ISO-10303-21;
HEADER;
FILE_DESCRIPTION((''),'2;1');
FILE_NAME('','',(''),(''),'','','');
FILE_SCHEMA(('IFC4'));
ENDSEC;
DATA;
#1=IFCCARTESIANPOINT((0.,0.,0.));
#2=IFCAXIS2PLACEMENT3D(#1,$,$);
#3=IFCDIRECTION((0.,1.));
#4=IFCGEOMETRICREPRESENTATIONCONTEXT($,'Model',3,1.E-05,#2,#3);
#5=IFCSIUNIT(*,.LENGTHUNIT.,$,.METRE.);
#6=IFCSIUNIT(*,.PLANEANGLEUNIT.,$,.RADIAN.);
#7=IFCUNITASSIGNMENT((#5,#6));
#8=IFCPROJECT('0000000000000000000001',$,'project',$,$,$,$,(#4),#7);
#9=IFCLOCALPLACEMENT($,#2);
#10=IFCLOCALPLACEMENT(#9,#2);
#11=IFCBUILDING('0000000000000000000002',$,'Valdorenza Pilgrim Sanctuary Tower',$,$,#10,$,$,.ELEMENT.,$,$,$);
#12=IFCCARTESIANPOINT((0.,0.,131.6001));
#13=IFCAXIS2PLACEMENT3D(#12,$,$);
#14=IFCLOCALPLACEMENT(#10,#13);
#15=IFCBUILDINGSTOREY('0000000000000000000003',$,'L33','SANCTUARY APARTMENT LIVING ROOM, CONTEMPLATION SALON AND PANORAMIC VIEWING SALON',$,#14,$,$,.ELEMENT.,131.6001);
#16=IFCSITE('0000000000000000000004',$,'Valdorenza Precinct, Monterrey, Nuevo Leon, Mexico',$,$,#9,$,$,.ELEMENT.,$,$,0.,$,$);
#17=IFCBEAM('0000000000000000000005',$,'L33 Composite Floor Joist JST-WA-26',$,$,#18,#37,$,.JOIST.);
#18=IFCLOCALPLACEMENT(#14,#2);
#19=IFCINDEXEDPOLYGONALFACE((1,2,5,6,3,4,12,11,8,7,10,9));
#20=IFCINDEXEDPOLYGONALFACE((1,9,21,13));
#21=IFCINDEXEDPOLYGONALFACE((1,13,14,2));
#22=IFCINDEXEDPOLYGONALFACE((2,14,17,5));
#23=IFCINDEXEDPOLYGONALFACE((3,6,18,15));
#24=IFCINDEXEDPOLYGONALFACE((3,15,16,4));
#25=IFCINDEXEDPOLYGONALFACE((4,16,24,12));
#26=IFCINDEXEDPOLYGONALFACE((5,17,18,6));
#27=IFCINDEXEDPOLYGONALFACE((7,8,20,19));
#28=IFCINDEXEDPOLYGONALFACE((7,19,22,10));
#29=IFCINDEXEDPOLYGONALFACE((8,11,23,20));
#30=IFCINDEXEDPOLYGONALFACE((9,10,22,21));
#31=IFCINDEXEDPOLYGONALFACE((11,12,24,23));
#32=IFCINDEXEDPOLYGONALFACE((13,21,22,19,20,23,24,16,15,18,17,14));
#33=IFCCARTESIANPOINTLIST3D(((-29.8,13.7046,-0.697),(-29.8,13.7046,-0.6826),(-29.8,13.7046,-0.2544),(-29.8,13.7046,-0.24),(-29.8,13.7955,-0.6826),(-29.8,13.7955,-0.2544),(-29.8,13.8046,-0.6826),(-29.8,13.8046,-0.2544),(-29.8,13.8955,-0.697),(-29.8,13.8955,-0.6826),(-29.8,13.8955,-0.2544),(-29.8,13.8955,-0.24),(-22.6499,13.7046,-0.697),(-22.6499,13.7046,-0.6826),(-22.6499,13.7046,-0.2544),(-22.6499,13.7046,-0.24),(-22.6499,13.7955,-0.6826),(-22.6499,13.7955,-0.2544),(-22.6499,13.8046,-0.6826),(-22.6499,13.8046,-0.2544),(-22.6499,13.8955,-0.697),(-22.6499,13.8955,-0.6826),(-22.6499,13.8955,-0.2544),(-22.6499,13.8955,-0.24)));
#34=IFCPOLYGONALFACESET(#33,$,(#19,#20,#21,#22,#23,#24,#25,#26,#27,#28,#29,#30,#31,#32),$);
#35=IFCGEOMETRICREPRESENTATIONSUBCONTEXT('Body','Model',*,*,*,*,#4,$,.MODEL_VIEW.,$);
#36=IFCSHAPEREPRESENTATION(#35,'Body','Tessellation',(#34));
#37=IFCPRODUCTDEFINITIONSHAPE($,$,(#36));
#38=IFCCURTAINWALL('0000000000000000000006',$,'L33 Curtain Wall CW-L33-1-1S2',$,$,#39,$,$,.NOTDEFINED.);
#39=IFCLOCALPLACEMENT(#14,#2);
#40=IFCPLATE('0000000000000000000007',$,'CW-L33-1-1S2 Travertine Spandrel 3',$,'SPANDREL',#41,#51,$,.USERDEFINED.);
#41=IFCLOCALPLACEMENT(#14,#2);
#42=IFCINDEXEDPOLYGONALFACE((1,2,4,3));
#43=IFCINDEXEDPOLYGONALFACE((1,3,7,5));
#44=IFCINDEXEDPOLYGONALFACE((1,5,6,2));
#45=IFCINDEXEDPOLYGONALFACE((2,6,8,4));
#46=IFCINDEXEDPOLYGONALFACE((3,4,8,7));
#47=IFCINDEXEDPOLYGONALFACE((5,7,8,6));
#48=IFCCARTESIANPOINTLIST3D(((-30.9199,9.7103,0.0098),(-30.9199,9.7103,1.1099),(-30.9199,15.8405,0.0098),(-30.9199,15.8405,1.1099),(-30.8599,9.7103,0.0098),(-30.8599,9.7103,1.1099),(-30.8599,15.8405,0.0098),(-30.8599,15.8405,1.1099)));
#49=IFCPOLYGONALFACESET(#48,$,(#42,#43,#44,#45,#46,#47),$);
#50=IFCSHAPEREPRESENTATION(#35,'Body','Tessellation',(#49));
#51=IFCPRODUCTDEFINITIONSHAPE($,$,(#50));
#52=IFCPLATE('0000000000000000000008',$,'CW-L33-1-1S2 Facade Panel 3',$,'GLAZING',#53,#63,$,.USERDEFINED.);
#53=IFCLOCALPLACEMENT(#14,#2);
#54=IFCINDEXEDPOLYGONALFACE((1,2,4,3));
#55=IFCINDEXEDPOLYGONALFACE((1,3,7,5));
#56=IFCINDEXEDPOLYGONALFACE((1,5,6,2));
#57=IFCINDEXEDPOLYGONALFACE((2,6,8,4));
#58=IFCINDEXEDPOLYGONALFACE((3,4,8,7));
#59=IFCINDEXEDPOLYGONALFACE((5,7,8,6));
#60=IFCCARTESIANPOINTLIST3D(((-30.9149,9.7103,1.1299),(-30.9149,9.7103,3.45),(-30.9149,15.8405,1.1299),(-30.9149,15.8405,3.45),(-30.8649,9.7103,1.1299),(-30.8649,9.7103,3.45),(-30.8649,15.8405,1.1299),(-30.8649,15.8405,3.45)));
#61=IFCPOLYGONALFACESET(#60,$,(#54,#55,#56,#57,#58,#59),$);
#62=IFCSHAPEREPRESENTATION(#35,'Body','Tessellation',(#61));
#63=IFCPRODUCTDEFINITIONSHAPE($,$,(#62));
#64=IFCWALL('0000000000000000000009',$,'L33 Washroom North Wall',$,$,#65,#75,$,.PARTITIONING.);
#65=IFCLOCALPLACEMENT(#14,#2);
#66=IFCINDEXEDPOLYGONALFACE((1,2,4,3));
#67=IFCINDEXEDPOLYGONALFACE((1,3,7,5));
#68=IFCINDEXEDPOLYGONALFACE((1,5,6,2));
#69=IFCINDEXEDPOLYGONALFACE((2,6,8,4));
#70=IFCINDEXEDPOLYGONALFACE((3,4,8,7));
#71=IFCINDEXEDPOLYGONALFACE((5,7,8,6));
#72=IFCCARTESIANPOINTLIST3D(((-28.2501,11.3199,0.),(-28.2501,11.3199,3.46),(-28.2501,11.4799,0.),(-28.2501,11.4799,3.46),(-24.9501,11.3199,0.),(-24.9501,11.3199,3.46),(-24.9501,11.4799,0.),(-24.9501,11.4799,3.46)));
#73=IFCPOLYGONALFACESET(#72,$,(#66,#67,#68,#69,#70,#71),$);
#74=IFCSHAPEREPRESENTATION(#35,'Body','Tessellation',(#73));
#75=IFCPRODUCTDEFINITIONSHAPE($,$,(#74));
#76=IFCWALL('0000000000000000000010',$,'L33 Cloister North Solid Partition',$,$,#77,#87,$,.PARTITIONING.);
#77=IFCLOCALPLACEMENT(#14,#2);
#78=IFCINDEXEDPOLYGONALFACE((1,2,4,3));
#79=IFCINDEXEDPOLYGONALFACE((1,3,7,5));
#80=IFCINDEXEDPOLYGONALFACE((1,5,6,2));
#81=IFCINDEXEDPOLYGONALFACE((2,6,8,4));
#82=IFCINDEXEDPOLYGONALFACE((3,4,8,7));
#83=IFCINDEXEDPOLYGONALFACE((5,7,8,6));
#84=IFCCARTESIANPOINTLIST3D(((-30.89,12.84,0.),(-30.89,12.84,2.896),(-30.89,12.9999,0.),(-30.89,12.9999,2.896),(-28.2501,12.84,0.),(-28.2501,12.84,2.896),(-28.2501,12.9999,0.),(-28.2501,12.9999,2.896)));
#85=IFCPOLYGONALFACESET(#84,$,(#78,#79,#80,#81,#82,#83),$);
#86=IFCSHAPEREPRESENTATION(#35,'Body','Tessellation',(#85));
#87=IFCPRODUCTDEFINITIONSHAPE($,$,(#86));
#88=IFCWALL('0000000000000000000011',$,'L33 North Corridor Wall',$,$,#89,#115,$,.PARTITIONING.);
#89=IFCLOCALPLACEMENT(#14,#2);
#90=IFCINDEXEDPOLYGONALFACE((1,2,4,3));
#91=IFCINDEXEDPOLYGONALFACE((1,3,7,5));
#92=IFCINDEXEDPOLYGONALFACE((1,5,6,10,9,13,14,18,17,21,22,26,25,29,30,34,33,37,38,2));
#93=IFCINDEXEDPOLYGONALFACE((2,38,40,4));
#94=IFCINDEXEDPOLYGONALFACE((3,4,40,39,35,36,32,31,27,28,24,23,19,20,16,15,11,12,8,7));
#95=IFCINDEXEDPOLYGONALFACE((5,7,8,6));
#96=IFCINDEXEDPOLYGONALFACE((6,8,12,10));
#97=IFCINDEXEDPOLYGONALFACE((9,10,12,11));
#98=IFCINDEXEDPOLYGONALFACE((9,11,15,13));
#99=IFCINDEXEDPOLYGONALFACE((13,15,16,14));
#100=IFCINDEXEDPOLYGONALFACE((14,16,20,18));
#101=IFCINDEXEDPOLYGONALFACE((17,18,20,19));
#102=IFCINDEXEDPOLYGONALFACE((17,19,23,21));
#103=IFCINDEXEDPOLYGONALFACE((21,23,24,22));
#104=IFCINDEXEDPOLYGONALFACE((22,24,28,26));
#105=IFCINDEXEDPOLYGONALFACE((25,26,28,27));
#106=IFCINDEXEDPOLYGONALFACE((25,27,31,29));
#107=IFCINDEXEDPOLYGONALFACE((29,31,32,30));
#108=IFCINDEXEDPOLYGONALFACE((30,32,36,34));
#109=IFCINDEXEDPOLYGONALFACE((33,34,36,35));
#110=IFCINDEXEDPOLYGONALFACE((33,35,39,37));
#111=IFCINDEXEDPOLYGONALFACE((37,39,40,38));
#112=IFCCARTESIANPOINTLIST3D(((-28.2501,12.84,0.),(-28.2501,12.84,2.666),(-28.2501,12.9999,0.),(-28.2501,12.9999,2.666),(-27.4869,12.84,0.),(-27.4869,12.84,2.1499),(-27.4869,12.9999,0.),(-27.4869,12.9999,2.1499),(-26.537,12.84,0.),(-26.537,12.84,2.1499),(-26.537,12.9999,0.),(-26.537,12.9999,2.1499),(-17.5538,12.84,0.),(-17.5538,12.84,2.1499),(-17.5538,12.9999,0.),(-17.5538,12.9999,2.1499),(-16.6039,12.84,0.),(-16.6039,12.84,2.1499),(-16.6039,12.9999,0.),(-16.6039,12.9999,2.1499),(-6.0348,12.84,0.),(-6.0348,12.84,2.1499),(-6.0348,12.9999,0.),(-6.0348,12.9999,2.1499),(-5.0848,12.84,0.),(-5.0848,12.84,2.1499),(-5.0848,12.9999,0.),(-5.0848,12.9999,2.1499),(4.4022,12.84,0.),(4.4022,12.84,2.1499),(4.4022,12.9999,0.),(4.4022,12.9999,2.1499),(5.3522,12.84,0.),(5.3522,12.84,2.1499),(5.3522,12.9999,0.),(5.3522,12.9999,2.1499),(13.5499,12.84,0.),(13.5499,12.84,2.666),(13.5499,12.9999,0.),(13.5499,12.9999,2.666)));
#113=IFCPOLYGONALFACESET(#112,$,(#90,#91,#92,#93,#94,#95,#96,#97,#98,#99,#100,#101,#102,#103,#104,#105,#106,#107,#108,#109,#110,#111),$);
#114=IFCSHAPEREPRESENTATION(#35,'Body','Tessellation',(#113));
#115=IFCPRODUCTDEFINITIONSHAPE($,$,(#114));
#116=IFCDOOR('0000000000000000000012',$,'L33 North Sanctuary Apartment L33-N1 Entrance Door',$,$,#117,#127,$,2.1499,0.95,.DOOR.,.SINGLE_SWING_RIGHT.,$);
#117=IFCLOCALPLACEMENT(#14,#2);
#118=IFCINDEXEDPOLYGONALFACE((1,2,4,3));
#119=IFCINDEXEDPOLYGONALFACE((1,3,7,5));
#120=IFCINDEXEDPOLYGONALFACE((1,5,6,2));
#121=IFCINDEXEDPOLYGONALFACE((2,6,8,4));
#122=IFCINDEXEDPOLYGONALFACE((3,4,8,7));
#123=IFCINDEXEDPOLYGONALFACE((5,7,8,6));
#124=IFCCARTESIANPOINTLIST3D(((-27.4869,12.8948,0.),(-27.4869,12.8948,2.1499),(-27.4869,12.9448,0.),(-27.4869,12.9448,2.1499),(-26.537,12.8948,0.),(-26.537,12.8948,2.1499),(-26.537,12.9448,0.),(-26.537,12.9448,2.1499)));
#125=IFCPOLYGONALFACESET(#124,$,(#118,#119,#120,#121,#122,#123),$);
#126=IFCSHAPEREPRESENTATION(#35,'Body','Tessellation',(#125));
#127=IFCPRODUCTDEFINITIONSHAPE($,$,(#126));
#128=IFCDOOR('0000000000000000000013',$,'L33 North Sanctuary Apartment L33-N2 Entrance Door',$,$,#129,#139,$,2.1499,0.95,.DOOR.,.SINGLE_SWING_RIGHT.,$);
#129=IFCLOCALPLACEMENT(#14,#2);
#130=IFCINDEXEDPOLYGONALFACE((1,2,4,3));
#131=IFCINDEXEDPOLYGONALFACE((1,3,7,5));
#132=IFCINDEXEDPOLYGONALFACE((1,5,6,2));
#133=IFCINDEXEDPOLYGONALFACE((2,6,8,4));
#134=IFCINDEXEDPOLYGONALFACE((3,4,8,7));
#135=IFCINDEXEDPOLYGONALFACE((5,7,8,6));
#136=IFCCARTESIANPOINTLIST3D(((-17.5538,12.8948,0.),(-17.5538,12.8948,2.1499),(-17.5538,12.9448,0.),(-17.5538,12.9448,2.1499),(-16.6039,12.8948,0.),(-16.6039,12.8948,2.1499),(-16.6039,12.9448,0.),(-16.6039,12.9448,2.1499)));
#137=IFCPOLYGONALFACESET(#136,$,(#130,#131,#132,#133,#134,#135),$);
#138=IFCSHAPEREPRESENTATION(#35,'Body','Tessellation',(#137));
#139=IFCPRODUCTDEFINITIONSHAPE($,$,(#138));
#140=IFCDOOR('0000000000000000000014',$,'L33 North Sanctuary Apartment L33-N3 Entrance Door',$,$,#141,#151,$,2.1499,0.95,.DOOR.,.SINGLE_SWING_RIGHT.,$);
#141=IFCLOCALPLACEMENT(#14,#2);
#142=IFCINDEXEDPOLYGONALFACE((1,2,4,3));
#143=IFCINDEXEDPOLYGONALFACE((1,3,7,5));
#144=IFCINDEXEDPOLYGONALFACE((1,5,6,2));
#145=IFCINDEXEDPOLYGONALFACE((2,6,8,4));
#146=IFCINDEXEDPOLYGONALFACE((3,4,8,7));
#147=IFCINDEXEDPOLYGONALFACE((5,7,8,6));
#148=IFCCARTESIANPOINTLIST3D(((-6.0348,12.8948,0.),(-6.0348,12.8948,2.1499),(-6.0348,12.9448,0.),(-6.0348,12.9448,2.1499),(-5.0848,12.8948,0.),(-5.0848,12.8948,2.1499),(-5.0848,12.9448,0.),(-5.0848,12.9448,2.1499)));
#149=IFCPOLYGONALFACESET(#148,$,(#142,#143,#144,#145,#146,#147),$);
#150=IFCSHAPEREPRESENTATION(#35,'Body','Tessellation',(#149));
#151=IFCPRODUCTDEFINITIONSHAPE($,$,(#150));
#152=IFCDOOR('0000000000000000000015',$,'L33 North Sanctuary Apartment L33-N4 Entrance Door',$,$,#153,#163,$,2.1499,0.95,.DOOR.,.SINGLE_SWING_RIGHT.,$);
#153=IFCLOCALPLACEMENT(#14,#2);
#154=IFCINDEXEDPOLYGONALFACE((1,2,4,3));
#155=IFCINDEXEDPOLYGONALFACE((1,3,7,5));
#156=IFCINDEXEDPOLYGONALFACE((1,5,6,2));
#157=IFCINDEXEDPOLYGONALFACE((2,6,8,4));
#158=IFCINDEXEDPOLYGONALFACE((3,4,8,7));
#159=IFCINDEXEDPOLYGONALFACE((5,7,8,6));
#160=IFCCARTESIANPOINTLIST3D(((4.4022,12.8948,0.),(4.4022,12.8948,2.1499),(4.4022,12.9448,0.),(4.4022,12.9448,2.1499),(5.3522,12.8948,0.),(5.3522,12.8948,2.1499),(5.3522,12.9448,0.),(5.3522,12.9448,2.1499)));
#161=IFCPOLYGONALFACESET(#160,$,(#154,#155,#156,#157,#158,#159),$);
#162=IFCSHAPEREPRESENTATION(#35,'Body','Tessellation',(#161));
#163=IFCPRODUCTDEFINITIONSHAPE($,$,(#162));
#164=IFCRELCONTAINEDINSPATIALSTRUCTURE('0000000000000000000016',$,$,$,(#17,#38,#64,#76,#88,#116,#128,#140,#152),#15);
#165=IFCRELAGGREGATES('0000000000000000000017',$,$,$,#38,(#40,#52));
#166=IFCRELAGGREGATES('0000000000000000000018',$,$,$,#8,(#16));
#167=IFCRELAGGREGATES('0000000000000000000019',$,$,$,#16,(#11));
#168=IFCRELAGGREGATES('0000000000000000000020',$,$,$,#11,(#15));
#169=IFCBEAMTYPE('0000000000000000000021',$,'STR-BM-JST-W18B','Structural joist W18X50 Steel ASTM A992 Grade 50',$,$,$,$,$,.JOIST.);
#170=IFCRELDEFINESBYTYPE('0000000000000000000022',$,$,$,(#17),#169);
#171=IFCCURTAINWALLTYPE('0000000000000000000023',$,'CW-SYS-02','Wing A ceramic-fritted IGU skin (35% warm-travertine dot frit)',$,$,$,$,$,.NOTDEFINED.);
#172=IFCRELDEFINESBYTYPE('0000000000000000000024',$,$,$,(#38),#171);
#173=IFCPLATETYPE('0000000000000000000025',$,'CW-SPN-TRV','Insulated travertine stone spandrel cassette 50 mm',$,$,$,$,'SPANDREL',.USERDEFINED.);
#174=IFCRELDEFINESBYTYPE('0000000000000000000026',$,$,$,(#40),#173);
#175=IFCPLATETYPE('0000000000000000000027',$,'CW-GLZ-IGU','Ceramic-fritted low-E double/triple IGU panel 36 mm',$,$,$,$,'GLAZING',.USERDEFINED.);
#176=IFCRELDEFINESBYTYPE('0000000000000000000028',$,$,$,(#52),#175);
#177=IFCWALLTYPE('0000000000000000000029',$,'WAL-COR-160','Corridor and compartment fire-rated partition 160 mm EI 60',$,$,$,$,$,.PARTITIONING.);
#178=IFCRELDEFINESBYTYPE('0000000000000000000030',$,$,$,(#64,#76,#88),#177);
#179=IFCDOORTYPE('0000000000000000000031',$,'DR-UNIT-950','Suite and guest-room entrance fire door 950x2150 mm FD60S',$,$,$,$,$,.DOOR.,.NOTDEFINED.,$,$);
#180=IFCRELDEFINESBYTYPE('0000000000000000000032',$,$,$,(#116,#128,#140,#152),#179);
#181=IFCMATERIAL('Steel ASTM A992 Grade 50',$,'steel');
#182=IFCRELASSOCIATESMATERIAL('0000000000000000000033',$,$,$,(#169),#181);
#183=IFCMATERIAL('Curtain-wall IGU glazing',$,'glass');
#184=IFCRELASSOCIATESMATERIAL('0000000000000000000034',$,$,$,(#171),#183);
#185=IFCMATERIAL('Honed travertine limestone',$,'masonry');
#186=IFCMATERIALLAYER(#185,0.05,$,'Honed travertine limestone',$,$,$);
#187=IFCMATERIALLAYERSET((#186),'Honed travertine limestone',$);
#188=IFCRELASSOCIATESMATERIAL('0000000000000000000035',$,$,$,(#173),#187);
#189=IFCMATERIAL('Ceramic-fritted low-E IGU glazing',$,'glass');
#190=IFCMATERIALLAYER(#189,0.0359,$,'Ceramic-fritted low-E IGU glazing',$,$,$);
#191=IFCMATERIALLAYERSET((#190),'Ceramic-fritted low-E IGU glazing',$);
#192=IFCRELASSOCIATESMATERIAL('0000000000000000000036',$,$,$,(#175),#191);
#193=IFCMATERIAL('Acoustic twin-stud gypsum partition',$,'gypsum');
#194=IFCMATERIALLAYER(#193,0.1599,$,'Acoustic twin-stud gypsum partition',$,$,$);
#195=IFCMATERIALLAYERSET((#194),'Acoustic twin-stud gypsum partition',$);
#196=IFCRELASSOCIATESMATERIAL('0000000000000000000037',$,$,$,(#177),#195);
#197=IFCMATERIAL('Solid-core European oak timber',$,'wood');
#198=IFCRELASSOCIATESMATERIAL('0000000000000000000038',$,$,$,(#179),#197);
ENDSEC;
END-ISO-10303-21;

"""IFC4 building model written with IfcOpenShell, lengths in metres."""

from ifc_helpers import new_model, si_unit, direction, frame, frame_2d, origin, origin_2d, place, context, subcontext, project, spatial, rectangle, i_section, extrude, source, transform, mapped, material, layer, layer_set, material_profile, profile_set, type_object, element, fill, aggregate, save


model = new_model("IFC4")

# Units and contexts
model_context = context("Model", 3, precision=1e-05, world=origin(), true_north=direction((0.0, 1.0)))
body_context = subcontext(model_context, "Body", "Model", "MODEL_VIEW")
ifc_project = project(units=[si_unit("LENGTHUNIT", "METRE"), si_unit("PLANEANGLEUNIT", "RADIAN")], contexts=[model_context])

# Site, building, storey
site_placement = place(None, origin())
site = spatial("IfcSite", under=ifc_project, at=site_placement, Name="Valdorenza Precinct, Monterrey, Nuevo Leon, Mexico", CompositionType="ELEMENT", RefElevation=0.0)
building_placement = place(site_placement, origin())
building = spatial("IfcBuilding", under=site, at=building_placement, Name="Valdorenza Pilgrim Sanctuary Tower", CompositionType="ELEMENT")
storey_placement = place(building_placement, frame((0.0, 0.0, 131.6001)))
storey = spatial("IfcBuildingStorey", under=building, at=storey_placement, Name="L33", Description="SANCTUARY APARTMENT LIVING ROOM, CONTEMPLATION SALON AND PANORAMIC VIEWING SALON", CompositionType="ELEMENT", Elevation=131.6001)

# Beam
ifc_material_1 = material(Name="Steel ASTM A992 Grade 50", Category="steel")
ifc_material_profile_1 = material_profile(ifc_material_1, i_section(OverallWidth=0.1909, OverallDepth=0.457, WebThickness=0.009, FlangeThickness=0.0144, at=origin_2d()), Name="W18X50")
ifc_profile_set_1 = profile_set([ifc_material_profile_1], Name="Steel ASTM A992 Grade 50")
beam_type_1 = type_object("IfcBeamType", Name="STR-BM-JST-W18B", Description="Structural joist W18X50 Steel ASTM A992 Grade 50", PredefinedType="JOIST", material=ifc_profile_set_1)
shared_shape_1 = source(origin(), body_context, "Body", "SweptSolid", [
    extrude(i_section(OverallWidth=0.1909, OverallDepth=0.457, WebThickness=0.009, FlangeThickness=0.0144, at=origin_2d()), origin(), (0.0, 0.0, 1.0), 7.1501),
])
for number, where, z_axis, x_axis, name in (
    (1, (-29.8, 13.8, -0.4685), (1.0, 0.0, 0.0), (0.0, 1.0, 0.0), "L33 Composite Floor Joist JST-WA-26"),
):
    element("IfcBeam", number, at=place(storey_placement, frame(where, z_axis=z_axis, x_axis=x_axis)), inside=storey, type_object=beam_type_1, Name=name, PredefinedType="JOIST", context=body_context, shape_type="MappedRepresentation", body=[
        mapped(shared_shape_1, transform((0.0, 0.0, 0.0), x_axis=(1.0, 0.0, 0.0), y_axis=(0.0, 1.0, 0.0), z_axis=(0.0, 0.0, 1.0), scale=1.0)),
    ])

# Curtain wall, plates
ifc_material_2 = material(Name="Curtain-wall IGU glazing", Category="glass")
curtain_wall_type = type_object("IfcCurtainWallType", Name="CW-SYS-02", Description="Wing A ceramic-fritted IGU skin (35% warm-travertine dot frit)", PredefinedType="NOTDEFINED", material=ifc_material_2)
curtain_wall_placement = place(storey_placement, origin())
curtain_wall = element("IfcCurtainWall", 2, at=curtain_wall_placement, inside=storey, type_object=curtain_wall_type, Name="L33 Curtain Wall CW-L33-1-1S2", PredefinedType="NOTDEFINED")
ifc_material_3 = material(Name="Honed travertine limestone", Category="masonry")
ifc_layer_1 = layer(ifc_material_3, 0.05, Name="Honed travertine limestone")
ifc_layer_set_1 = layer_set([ifc_layer_1], Name="Honed travertine limestone")
plate_type_1 = type_object("IfcPlateType", Name="CW-SPN-TRV", Description="Insulated travertine stone spandrel cassette 50 mm", ElementType="SPANDREL", PredefinedType="USERDEFINED", material=ifc_layer_set_1)
shared_shape_2 = source(origin(), body_context, "Body", "SweptSolid", [
    extrude(rectangle(XDim=6.1301, YDim=0.0601, at=origin_2d()), origin(), (0.0, 0.0, 1.0), 1.1001),
])
plate_1_placement = place(storey_placement, frame((-30.8899, 12.7754, 0.0098), z_axis=(0.0, 0.0, 1.0), x_axis=(0.0, 1.0, 0.0)))
plate_1 = element("IfcPlate", 3, at=plate_1_placement, type_object=plate_type_1, Name="CW-L33-1-1S2 Travertine Spandrel 3", ObjectType="SPANDREL", PredefinedType="USERDEFINED", context=body_context, shape_type="MappedRepresentation", body=[
    mapped(shared_shape_2, transform((0.0, 0.0, 0.0), x_axis=(1.0, 0.0, 0.0), y_axis=(0.0, 1.0, 0.0), z_axis=(0.0, 0.0, 1.0), scale=1.0)),
])
ifc_material_4 = material(Name="Ceramic-fritted low-E IGU glazing", Category="glass")
ifc_layer_2 = layer(ifc_material_4, 0.0359, Name="Ceramic-fritted low-E IGU glazing")
ifc_layer_set_2 = layer_set([ifc_layer_2], Name="Ceramic-fritted low-E IGU glazing")
plate_type_2 = type_object("IfcPlateType", Name="CW-GLZ-IGU", Description="Ceramic-fritted low-E double/triple IGU panel 36 mm", ElementType="GLAZING", PredefinedType="USERDEFINED", material=ifc_layer_set_2)
shared_shape_3 = source(origin(), body_context, "Body", "SweptSolid", [
    extrude(rectangle(XDim=6.1301, YDim=0.05, at=origin_2d()), origin(), (0.0, 0.0, 1.0), 2.3201),
])
plate_2_placement = place(storey_placement, frame((-30.8899, 12.7754, 1.1299), z_axis=(0.0, 0.0, 1.0), x_axis=(0.0, 1.0, 0.0)))
plate_2 = element("IfcPlate", 4, at=plate_2_placement, type_object=plate_type_2, Name="CW-L33-1-1S2 Facade Panel 3", ObjectType="GLAZING", PredefinedType="USERDEFINED", context=body_context, shape_type="MappedRepresentation", body=[
    mapped(shared_shape_3, transform((0.0, 0.0, 0.0), x_axis=(1.0, 0.0, 0.0), y_axis=(0.0, 1.0, 0.0), z_axis=(0.0, 0.0, 1.0), scale=1.0)),
])
aggregate(curtain_wall, [plate_1, plate_2])

# Walls
ifc_material_5 = material(Name="Acoustic twin-stud gypsum partition", Category="gypsum")
ifc_layer_3 = layer(ifc_material_5, 0.1599, Name="Acoustic twin-stud gypsum partition")
ifc_layer_set_3 = layer_set([ifc_layer_3], Name="Acoustic twin-stud gypsum partition")
wall_type_1 = type_object("IfcWallType", Name="WAL-COR-160", Description="Corridor and compartment fire-rated partition 160 mm EI 60", PredefinedType="PARTITIONING", material=ifc_layer_set_3)
wall_1_placement = place(storey_placement, frame((-28.25, 11.3999, 0.0), z_axis=(0.0, 0.0, 1.0), x_axis=(1.0, 0.0, 0.0)))
element("IfcWall", 5, at=wall_1_placement, inside=storey, type_object=wall_type_1, Name="L33 Washroom North Wall", PredefinedType="PARTITIONING", context=body_context, shape_type="SweptSolid", body=[
    extrude(rectangle(XDim=3.3, YDim=0.1599, at=frame_2d((1.6499, 0.0))), origin(), (0.0, 0.0, 1.0), 3.46),
])
wall_2_placement = place(storey_placement, frame((-30.8899, 12.9199, 0.0), z_axis=(0.0, 0.0, 1.0), x_axis=(1.0, 0.0, 0.0)))
element("IfcWall", 6, at=wall_2_placement, inside=storey, type_object=wall_type_1, Name="L33 Cloister North Solid Partition", PredefinedType="PARTITIONING", context=body_context, shape_type="SweptSolid", body=[
    extrude(rectangle(XDim=2.6399, YDim=0.1599, at=frame_2d((1.3198, 0.0))), origin(), (0.0, 0.0, 1.0), 2.896),
])

# Wall, openings, doors
wall_3_placement = place(storey_placement, frame((-28.25, 12.9199, 0.0), z_axis=(0.0, 0.0, 1.0), x_axis=(1.0, 0.0, 0.0)))
wall_3 = element("IfcWall", 7, at=wall_3_placement, inside=storey, type_object=wall_type_1, Name="L33 North Corridor Wall", PredefinedType="PARTITIONING", context=body_context, shape_type="SweptSolid", body=[
    extrude(rectangle(XDim=41.8, YDim=0.1599, at=frame_2d((20.8999, 0.0))), origin(), (0.0, 0.0, 1.0), 2.666),
])
opening_1_placement = place(wall_3_placement, frame((0.7629, 0.0, 0.0)))
opening_1 = element("IfcOpeningElement", 8, at=opening_1_placement, cuts=wall_3, PredefinedType="OPENING", context=body_context, shape_type="SweptSolid", body=[
    extrude(rectangle(XDim=0.95, YDim=2.1499, at=frame_2d((0.4751, 1.075))), frame((0.0, 0.0947, 0.0), z_axis=(0.0, -1.0, 0.0), x_axis=(1.0, 0.0, 0.0)), (0.0, 0.0, 1.0), 0.1897),
])
opening_2_placement = place(wall_3_placement, frame((10.696, 0.0, 0.0)))
opening_2 = element("IfcOpeningElement", 9, at=opening_2_placement, cuts=wall_3, PredefinedType="OPENING", context=body_context, shape_type="SweptSolid", body=[
    extrude(rectangle(XDim=0.95, YDim=2.1499, at=frame_2d((0.4751, 1.075))), frame((0.0, 0.0947, 0.0), z_axis=(0.0, -1.0, 0.0), x_axis=(1.0, 0.0, 0.0)), (0.0, 0.0, 1.0), 0.1897),
])
opening_3_placement = place(wall_3_placement, frame((22.2151, 0.0, 0.0)))
opening_3 = element("IfcOpeningElement", 10, at=opening_3_placement, cuts=wall_3, PredefinedType="OPENING", context=body_context, shape_type="SweptSolid", body=[
    extrude(rectangle(XDim=0.95, YDim=2.1499, at=frame_2d((0.4751, 1.075))), frame((0.0, 0.0947, 0.0), z_axis=(0.0, -1.0, 0.0), x_axis=(1.0, 0.0, 0.0)), (0.0, 0.0, 1.0), 0.1897),
])
opening_4_placement = place(wall_3_placement, frame((32.6521, 0.0, 0.0)))
opening_4 = element("IfcOpeningElement", 11, at=opening_4_placement, cuts=wall_3, PredefinedType="OPENING", context=body_context, shape_type="SweptSolid", body=[
    extrude(rectangle(XDim=0.95, YDim=2.1499, at=frame_2d((0.4751, 1.075))), frame((0.0, 0.0947, 0.0), z_axis=(0.0, -1.0, 0.0), x_axis=(1.0, 0.0, 0.0)), (0.0, 0.0, 1.0), 0.1897),
])
ifc_material_6 = material(Name="Solid-core European oak timber", Category="wood")
door_type_1 = type_object("IfcDoorType", Name="DR-UNIT-950", Description="Suite and guest-room entrance fire door 950x2150 mm FD60S", OperationType="NOTDEFINED", PredefinedType="DOOR", material=ifc_material_6)
door_1_placement = place(opening_1_placement, origin())
door_1 = element("IfcDoor", 12, at=door_1_placement, inside=storey, type_object=door_type_1, Name="L33 North Sanctuary Apartment L33-N1 Entrance Door", OperationType="SINGLE_SWING_RIGHT", OverallHeight=2.1499, OverallWidth=0.95, PredefinedType="DOOR", context=body_context, shape_type="SweptSolid", body=[
    extrude(rectangle(XDim=0.95, YDim=2.1499, at=frame_2d((0.4751, 1.075))), frame((0.0, 0.0249, 0.0), z_axis=(0.0, -1.0, 0.0), x_axis=(1.0, 0.0, 0.0)), (0.0, 0.0, 1.0), 0.05),
])
fill(opening_1, door_1)
door_2_placement = place(opening_2_placement, origin())
door_2 = element("IfcDoor", 13, at=door_2_placement, inside=storey, type_object=door_type_1, Name="L33 North Sanctuary Apartment L33-N2 Entrance Door", OperationType="SINGLE_SWING_RIGHT", OverallHeight=2.1499, OverallWidth=0.95, PredefinedType="DOOR", context=body_context, shape_type="SweptSolid", body=[
    extrude(rectangle(XDim=0.95, YDim=2.1499, at=frame_2d((0.4751, 1.075))), frame((0.0, 0.0249, 0.0), z_axis=(0.0, -1.0, 0.0), x_axis=(1.0, 0.0, 0.0)), (0.0, 0.0, 1.0), 0.05),
])
fill(opening_2, door_2)
door_3_placement = place(opening_3_placement, origin())
door_3 = element("IfcDoor", 14, at=door_3_placement, inside=storey, type_object=door_type_1, Name="L33 North Sanctuary Apartment L33-N3 Entrance Door", OperationType="SINGLE_SWING_RIGHT", OverallHeight=2.1499, OverallWidth=0.95, PredefinedType="DOOR", context=body_context, shape_type="SweptSolid", body=[
    extrude(rectangle(XDim=0.95, YDim=2.1499, at=frame_2d((0.4751, 1.075))), frame((0.0, 0.0249, 0.0), z_axis=(0.0, -1.0, 0.0), x_axis=(1.0, 0.0, 0.0)), (0.0, 0.0, 1.0), 0.05),
])
fill(opening_3, door_3)
door_4_placement = place(opening_4_placement, origin())
door_4 = element("IfcDoor", 15, at=door_4_placement, inside=storey, type_object=door_type_1, Name="L33 North Sanctuary Apartment L33-N4 Entrance Door", OperationType="SINGLE_SWING_RIGHT", OverallHeight=2.1499, OverallWidth=0.95, PredefinedType="DOOR", context=body_context, shape_type="SweptSolid", body=[
    extrude(rectangle(XDim=0.95, YDim=2.1499, at=frame_2d((0.4751, 1.075))), frame((0.0, 0.0249, 0.0), z_axis=(0.0, -1.0, 0.0), x_axis=(1.0, 0.0, 0.0)), (0.0, 0.0, 1.0), 0.05),
])
fill(opening_4, door_4)

save(model, "model.ifc")
